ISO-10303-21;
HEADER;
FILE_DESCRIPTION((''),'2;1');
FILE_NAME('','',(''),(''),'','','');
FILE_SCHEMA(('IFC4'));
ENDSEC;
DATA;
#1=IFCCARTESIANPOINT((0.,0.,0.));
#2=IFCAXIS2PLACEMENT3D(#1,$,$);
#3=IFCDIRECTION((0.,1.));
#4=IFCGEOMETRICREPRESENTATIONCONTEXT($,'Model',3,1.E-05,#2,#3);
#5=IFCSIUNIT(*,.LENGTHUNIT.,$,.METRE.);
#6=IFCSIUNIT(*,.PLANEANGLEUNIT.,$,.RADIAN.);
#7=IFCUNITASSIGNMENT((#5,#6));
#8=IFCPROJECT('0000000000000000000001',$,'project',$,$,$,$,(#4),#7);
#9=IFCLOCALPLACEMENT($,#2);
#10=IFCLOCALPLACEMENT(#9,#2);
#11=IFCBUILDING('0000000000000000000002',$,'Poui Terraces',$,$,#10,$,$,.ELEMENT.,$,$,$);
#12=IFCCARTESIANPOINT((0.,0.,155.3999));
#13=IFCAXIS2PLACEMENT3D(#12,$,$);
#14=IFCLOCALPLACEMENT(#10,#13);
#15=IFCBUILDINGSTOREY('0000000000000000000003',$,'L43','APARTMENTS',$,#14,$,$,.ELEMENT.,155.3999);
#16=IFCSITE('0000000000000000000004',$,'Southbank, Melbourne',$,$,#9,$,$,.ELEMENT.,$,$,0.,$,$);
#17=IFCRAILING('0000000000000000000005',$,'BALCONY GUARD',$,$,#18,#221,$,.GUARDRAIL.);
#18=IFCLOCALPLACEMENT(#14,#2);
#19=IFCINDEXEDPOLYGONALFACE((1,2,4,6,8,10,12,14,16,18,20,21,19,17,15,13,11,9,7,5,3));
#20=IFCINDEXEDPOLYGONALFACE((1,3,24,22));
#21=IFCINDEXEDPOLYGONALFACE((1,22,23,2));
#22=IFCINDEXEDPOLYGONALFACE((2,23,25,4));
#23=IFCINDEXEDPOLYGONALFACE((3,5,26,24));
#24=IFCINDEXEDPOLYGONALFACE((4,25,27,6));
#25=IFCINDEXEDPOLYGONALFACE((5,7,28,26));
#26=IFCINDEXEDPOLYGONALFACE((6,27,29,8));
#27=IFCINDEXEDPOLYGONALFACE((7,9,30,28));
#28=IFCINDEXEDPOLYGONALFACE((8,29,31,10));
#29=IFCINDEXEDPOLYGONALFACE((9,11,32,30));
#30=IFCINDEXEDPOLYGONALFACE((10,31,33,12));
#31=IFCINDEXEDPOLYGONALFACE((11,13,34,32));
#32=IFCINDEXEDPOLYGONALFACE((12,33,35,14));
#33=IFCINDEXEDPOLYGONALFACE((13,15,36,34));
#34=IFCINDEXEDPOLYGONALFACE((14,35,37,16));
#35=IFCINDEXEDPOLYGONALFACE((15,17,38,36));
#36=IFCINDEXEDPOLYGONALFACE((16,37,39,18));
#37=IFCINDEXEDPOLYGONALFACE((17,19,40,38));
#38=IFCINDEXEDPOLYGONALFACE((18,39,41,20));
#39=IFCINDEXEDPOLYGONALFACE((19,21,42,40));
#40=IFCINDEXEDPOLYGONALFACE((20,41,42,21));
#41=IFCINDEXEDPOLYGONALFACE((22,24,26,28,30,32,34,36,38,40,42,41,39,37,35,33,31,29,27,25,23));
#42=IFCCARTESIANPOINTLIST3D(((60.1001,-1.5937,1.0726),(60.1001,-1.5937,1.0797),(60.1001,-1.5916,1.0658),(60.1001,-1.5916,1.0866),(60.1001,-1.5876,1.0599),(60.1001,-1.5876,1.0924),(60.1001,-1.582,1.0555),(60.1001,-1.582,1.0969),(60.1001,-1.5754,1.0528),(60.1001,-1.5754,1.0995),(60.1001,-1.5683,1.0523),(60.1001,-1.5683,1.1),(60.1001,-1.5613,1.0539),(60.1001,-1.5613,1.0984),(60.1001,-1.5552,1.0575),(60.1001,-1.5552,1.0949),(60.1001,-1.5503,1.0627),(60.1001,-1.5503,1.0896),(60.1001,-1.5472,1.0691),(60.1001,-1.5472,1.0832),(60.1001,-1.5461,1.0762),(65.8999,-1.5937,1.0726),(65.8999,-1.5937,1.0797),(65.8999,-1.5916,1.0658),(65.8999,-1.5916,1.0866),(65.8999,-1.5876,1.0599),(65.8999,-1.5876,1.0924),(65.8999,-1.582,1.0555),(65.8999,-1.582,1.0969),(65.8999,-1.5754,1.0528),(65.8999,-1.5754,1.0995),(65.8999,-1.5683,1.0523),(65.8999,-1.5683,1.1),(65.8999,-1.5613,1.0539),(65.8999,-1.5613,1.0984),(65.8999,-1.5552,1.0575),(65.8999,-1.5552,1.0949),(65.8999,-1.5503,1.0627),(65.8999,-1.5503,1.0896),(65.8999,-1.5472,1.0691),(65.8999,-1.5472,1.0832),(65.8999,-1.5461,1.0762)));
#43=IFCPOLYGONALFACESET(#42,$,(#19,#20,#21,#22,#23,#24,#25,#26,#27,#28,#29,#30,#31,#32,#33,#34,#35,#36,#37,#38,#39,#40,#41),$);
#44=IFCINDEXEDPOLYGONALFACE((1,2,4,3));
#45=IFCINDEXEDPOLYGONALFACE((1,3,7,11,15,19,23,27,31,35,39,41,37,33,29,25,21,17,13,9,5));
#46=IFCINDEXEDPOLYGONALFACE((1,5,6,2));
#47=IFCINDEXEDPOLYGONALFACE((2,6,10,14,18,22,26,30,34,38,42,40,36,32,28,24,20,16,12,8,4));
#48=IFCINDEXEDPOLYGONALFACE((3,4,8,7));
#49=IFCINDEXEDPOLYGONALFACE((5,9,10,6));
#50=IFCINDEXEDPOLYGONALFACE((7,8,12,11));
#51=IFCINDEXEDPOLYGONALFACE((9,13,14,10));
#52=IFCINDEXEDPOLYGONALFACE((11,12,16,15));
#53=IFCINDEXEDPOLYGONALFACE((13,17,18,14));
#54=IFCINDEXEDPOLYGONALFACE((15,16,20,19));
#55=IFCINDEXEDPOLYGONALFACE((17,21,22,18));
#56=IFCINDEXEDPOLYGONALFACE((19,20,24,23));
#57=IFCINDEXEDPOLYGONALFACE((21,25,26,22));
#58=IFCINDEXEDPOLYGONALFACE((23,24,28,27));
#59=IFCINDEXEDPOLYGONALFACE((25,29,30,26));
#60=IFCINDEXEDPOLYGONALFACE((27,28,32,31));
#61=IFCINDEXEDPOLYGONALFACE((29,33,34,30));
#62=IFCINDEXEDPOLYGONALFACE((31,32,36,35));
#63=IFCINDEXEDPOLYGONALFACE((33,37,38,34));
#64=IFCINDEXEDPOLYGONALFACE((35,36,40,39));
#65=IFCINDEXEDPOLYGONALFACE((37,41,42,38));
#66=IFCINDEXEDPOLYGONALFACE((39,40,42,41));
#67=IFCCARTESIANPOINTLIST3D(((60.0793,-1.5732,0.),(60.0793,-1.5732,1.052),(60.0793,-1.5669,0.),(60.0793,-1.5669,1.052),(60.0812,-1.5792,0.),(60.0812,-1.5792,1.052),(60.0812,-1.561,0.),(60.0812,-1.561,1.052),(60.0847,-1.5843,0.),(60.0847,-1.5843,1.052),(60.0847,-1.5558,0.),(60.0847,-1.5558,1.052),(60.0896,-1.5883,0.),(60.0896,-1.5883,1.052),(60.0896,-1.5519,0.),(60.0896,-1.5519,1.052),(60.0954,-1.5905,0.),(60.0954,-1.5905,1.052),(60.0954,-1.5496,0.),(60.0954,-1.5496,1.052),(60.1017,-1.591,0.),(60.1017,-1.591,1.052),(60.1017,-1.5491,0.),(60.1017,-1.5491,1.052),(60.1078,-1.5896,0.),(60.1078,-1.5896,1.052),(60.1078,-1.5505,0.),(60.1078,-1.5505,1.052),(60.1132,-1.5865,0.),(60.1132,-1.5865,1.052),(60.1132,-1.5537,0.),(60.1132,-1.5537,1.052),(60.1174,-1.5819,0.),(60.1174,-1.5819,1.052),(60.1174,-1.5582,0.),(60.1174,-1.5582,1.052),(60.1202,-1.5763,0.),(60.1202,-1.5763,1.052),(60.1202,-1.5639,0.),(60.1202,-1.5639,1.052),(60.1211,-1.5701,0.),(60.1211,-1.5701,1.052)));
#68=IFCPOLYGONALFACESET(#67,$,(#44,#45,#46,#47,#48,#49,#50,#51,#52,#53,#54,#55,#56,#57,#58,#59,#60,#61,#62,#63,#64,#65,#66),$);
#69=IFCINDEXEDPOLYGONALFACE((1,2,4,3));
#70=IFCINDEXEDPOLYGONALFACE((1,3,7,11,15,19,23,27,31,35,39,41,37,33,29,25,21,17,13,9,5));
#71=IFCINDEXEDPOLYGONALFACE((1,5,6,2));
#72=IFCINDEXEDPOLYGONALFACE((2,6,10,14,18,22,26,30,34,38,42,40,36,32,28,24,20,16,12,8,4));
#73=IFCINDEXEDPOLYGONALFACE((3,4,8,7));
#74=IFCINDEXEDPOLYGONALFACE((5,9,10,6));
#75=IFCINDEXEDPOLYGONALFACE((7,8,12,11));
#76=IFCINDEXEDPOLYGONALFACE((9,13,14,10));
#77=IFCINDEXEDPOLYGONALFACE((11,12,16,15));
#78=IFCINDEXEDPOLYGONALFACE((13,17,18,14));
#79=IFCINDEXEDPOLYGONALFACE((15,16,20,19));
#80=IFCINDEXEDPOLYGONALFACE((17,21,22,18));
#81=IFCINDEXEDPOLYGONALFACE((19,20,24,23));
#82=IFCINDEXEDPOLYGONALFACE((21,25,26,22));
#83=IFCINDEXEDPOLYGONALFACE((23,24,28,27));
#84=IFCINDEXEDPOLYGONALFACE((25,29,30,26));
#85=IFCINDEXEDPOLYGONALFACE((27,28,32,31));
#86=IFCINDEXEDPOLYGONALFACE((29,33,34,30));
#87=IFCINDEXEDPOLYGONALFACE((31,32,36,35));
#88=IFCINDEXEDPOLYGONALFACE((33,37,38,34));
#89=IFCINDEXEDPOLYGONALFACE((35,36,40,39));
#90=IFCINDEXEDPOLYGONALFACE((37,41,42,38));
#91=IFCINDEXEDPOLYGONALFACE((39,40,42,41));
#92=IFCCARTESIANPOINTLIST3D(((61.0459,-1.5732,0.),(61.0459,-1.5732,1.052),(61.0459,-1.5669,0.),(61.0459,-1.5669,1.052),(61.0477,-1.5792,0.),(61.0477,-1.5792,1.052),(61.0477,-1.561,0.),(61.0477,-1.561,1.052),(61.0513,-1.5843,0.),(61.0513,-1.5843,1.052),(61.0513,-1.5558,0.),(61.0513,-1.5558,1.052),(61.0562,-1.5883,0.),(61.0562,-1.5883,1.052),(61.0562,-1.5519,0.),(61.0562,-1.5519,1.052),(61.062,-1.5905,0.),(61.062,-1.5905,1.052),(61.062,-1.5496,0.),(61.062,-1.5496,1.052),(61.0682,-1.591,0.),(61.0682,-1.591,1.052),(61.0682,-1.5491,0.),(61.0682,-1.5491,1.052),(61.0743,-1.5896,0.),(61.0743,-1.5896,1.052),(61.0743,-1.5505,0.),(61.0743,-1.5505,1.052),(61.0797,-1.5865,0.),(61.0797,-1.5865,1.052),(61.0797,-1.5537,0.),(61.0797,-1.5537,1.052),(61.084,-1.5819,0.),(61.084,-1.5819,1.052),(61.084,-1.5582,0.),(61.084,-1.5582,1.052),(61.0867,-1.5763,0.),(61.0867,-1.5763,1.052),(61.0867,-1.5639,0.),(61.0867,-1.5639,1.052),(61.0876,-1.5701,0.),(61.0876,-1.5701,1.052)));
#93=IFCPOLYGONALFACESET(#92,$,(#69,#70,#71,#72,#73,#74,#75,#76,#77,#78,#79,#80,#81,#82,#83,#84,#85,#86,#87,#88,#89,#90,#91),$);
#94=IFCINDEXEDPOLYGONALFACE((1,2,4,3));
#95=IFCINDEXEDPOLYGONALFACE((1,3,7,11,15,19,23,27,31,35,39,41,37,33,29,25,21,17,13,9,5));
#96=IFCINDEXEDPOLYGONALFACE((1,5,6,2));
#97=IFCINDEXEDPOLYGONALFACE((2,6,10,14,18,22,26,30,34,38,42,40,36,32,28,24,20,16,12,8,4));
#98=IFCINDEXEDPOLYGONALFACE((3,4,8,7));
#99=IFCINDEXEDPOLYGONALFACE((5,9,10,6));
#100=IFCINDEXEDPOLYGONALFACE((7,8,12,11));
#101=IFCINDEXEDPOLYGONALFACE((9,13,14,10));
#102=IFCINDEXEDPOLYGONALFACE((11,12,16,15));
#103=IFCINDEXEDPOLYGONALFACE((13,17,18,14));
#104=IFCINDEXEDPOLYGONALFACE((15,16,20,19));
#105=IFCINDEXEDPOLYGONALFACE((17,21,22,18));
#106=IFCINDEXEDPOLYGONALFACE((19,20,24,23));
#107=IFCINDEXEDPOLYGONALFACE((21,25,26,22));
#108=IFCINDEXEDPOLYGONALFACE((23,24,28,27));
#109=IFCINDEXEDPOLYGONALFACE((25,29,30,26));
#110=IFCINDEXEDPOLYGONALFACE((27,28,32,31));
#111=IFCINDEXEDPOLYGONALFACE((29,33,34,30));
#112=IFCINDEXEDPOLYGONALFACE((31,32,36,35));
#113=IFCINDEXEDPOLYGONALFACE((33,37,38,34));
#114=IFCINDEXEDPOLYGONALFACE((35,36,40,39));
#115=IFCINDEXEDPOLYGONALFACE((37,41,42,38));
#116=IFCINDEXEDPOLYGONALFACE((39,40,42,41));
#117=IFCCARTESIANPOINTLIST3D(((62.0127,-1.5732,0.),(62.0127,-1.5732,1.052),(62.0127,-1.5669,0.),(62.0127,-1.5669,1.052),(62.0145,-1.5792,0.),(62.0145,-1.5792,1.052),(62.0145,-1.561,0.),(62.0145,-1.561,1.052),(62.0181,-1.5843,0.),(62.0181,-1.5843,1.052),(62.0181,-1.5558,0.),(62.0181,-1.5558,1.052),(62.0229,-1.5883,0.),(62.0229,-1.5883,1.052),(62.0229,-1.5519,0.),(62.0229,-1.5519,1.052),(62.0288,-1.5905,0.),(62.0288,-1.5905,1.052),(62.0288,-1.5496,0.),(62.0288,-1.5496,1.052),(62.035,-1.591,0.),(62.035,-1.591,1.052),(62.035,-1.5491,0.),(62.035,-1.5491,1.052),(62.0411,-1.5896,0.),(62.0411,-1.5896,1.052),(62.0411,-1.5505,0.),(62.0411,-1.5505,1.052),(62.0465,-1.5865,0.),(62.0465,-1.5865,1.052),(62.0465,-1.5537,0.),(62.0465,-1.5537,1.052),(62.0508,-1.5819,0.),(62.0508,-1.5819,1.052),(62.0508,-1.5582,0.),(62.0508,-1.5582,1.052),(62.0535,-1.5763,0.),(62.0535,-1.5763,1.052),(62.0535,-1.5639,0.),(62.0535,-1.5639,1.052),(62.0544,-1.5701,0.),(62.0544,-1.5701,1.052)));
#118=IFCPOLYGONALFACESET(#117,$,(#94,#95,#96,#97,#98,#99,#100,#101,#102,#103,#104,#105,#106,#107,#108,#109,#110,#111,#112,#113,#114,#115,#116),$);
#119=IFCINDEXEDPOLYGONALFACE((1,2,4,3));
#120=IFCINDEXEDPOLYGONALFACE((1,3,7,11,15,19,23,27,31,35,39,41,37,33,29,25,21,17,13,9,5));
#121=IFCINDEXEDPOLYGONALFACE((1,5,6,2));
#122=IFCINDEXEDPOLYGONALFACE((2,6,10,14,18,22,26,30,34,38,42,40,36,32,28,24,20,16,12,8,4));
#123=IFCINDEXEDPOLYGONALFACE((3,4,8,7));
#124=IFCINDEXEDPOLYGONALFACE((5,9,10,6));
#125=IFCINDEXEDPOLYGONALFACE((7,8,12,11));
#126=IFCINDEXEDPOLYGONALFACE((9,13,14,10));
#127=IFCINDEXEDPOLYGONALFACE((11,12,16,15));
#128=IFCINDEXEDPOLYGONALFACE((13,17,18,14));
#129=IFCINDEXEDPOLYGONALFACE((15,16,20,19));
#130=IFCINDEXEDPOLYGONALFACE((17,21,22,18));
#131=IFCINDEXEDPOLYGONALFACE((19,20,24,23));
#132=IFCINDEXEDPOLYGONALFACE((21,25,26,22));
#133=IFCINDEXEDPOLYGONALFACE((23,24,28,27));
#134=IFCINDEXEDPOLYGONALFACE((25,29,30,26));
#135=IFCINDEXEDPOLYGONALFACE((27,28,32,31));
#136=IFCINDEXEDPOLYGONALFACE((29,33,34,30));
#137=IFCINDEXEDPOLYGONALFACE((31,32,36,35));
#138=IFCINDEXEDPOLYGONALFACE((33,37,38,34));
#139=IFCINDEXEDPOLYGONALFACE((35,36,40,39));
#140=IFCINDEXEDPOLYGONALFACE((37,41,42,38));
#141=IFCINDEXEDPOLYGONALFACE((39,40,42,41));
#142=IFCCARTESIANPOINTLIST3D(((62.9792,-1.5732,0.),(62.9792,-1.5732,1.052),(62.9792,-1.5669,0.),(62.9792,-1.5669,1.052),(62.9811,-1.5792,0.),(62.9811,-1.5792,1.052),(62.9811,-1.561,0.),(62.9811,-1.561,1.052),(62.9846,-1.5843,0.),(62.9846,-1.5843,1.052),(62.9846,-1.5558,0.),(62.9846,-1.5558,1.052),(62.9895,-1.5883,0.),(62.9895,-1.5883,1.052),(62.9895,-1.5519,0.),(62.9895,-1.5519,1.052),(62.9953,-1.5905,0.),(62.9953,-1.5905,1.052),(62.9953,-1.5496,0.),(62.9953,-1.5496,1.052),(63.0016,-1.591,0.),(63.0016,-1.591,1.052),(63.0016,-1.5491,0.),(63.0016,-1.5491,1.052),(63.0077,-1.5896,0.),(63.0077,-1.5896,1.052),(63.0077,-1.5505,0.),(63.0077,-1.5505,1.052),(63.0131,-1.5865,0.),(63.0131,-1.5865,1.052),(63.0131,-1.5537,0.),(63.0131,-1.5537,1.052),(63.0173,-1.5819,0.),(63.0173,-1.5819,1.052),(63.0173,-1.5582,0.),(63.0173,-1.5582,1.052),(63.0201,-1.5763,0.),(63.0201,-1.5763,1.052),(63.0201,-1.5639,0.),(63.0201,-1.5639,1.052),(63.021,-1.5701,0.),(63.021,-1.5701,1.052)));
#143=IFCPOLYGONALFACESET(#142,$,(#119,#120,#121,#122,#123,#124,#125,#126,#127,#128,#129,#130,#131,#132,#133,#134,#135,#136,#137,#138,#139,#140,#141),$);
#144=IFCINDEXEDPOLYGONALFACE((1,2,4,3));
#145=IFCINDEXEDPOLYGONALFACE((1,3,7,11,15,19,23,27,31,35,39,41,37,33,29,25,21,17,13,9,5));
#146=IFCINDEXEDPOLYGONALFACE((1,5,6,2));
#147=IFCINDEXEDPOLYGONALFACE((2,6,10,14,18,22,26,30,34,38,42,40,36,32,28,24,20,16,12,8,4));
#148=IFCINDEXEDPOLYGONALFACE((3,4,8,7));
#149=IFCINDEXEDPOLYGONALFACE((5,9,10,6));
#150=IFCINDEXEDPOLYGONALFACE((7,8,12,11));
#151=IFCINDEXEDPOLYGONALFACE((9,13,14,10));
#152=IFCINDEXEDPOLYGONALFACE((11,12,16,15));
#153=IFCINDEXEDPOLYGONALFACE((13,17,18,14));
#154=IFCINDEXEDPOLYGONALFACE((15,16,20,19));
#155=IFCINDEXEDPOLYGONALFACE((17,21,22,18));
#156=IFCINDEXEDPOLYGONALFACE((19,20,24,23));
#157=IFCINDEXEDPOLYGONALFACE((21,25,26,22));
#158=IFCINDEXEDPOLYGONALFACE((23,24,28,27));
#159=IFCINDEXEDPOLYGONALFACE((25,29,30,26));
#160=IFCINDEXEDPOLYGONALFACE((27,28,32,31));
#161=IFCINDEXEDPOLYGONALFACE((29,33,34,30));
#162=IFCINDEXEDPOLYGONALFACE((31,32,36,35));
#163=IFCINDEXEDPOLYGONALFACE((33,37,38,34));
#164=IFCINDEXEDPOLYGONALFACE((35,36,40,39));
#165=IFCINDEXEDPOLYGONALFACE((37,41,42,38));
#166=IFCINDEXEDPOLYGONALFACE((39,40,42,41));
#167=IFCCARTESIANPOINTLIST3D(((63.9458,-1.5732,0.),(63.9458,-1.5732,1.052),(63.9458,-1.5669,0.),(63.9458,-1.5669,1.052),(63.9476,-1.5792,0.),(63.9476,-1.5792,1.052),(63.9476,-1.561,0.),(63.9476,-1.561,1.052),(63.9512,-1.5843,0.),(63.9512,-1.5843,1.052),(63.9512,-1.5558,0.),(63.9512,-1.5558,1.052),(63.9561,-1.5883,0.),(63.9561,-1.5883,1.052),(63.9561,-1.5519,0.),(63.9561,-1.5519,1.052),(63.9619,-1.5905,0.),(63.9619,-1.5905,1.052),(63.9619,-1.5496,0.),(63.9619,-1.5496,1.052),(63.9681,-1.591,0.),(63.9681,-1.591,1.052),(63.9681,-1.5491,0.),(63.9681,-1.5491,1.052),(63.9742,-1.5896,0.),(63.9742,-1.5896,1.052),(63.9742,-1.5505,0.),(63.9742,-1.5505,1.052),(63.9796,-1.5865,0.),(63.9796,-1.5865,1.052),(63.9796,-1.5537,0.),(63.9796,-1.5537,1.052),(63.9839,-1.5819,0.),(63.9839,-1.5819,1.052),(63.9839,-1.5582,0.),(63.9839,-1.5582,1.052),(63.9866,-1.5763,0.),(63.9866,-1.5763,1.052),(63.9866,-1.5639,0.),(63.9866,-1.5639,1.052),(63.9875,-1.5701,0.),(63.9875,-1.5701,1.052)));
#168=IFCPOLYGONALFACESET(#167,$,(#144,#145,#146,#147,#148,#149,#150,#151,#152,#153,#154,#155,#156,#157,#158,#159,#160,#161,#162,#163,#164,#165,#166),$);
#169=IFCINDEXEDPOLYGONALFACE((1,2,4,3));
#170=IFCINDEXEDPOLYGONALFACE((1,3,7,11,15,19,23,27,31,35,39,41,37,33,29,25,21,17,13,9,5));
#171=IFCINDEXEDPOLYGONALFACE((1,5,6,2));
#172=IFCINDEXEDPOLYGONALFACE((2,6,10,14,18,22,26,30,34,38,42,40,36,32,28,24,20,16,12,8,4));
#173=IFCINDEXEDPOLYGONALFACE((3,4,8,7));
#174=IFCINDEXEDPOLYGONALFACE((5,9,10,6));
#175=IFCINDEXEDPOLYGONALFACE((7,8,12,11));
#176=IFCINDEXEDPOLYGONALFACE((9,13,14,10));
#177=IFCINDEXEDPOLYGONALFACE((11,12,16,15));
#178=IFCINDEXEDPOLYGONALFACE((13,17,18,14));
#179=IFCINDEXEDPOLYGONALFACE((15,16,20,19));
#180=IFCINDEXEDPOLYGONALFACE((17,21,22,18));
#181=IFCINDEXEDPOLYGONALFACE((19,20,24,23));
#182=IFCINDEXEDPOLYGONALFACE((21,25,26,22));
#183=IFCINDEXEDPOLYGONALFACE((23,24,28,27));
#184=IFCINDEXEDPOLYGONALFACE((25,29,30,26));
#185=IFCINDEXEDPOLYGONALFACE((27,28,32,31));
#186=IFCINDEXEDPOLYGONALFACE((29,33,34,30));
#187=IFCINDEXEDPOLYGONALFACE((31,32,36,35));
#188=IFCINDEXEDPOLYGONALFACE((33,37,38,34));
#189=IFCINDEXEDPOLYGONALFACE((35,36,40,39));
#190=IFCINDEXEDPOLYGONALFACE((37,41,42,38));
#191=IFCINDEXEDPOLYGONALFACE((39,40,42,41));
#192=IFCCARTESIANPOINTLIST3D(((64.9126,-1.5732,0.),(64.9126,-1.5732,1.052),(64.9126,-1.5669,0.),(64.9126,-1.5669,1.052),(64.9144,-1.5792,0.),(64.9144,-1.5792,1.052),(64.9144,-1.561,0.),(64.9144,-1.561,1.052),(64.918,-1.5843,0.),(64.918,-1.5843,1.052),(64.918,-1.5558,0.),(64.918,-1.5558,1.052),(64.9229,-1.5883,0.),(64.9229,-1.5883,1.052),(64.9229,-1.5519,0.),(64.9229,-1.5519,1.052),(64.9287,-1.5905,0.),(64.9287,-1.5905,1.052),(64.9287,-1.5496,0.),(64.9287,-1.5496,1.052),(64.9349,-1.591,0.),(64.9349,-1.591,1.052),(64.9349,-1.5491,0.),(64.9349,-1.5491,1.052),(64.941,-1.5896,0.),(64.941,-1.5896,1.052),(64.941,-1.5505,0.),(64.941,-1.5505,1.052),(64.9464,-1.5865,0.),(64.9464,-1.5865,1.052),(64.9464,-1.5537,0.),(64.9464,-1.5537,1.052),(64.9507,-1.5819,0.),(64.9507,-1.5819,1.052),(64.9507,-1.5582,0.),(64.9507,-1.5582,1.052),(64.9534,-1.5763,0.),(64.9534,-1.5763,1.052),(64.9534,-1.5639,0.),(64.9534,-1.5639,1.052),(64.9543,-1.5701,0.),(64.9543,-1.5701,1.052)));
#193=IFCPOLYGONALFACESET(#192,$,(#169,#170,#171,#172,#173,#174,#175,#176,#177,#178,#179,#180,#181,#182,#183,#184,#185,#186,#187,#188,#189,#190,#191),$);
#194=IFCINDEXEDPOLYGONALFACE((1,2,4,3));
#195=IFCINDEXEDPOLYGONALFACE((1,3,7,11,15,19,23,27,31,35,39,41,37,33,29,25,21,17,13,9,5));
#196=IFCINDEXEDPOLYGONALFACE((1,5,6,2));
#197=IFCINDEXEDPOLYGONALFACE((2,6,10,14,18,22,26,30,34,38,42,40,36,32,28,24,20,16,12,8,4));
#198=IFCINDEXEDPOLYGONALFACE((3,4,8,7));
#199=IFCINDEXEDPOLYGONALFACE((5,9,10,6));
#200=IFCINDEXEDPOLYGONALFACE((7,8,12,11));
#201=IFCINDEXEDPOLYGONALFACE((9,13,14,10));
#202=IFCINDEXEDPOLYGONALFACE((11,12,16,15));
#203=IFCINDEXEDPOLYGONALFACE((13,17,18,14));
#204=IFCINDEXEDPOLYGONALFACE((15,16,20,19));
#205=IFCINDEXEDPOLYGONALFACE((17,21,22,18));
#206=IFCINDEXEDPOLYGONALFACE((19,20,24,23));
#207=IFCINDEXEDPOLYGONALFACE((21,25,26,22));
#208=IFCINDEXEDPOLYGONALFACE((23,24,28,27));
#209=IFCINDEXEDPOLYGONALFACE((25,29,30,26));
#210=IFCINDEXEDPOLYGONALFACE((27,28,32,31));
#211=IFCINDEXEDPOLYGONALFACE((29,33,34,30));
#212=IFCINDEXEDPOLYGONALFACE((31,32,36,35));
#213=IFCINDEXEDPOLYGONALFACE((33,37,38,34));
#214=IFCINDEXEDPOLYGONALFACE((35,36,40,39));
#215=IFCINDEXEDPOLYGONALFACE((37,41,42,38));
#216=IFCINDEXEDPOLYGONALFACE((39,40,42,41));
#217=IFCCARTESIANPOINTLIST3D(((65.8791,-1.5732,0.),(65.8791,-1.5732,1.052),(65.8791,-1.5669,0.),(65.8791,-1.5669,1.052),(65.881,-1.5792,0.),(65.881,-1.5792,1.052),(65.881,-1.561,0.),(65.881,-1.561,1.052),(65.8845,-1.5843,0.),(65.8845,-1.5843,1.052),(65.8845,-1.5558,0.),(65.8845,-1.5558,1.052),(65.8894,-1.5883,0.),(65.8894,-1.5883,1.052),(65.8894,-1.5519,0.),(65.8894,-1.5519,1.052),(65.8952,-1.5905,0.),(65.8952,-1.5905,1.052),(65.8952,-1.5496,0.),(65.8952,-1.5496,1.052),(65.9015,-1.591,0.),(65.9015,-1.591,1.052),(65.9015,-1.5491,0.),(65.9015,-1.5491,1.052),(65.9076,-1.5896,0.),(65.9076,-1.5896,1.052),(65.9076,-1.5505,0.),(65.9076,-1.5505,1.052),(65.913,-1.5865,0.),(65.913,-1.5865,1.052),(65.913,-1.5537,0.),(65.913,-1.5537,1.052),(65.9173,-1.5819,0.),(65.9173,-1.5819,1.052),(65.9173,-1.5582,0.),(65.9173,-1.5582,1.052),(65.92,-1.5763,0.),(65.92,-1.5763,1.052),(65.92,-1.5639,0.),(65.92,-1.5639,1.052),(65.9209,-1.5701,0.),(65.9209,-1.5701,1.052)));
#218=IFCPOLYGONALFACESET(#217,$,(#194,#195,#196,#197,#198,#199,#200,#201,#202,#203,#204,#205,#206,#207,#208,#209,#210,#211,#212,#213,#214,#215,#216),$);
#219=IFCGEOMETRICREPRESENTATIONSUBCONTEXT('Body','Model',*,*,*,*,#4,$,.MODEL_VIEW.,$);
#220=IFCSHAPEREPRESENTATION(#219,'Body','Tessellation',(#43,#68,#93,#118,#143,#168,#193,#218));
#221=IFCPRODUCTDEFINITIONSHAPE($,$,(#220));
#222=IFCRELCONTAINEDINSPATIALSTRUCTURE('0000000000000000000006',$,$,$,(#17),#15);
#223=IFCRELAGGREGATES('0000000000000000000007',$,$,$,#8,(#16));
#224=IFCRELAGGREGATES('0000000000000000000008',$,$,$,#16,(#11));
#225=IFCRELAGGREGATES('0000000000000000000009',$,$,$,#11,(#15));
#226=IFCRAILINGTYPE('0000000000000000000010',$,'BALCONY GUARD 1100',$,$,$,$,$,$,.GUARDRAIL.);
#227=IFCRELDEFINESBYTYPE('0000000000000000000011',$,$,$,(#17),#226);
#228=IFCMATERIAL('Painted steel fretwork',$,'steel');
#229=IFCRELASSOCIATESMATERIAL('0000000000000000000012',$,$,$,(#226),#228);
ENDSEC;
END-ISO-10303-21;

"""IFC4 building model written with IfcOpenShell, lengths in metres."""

from ifc_helpers import new_model, si_unit, direction, frame, origin, origin_2d, place, context, subcontext, project, spatial, circle, extrude, material, type_object, element, save


model = new_model("IFC4")

# Units and contexts
model_context = context("Model", 3, precision=1e-05, world=origin(), true_north=direction((0.0, 1.0)))
body_context = subcontext(model_context, "Body", "Model", "MODEL_VIEW")
ifc_project = project(units=[si_unit("LENGTHUNIT", "METRE"), si_unit("PLANEANGLEUNIT", "RADIAN")], contexts=[model_context])

# Site, building, storey
site_placement = place(None, origin())
site = spatial("IfcSite", under=ifc_project, at=site_placement, Name="Southbank, Melbourne", CompositionType="ELEMENT", RefElevation=0.0)
building_placement = place(site_placement, origin())
building = spatial("IfcBuilding", under=site, at=building_placement, Name="Poui Terraces", CompositionType="ELEMENT")
storey_placement = place(building_placement, frame((0.0, 0.0, 155.3999)))
storey = spatial("IfcBuildingStorey", under=building, at=storey_placement, Name="L43", Description="APARTMENTS", CompositionType="ELEMENT", Elevation=155.3999)

# Railing
ifc_material_1 = material(Name="Painted steel fretwork", Category="steel")
railing_type = type_object("IfcRailingType", Name="BALCONY GUARD 1100", PredefinedType="GUARDRAIL", material=ifc_material_1)
railing_placement = place(storey_placement, frame((60.1001, -1.5701, 0.0)))
element("IfcRailing", 1, at=railing_placement, inside=storey, type_object=railing_type, Name="BALCONY GUARD", PredefinedType="GUARDRAIL", context=body_context, shape_type="SweptSolid", body=[
    extrude(circle(Radius=0.0239, at=origin_2d()), frame((0.0, 0.0, 1.0762), z_axis=(1.0, 0.0, 0.0), x_axis=(0.0, 1.0, 0.0)), (0.0, 0.0, 1.0), 5.7998),
    extrude(circle(Radius=0.021, at=origin_2d()), origin(), (0.0, 0.0, 1.0), 1.052),
    extrude(circle(Radius=0.021, at=origin_2d()), frame((0.9666, 0.0, 0.0)), (0.0, 0.0, 1.0), 1.052),
    extrude(circle(Radius=0.021, at=origin_2d()), frame((1.9333, 0.0, 0.0)), (0.0, 0.0, 1.0), 1.052),
    extrude(circle(Radius=0.021, at=origin_2d()), frame((2.8999, 0.0, 0.0)), (0.0, 0.0, 1.0), 1.052),
    extrude(circle(Radius=0.021, at=origin_2d()), frame((3.8665, 0.0, 0.0)), (0.0, 0.0, 1.0), 1.052),
    extrude(circle(Radius=0.021, at=origin_2d()), frame((4.8333, 0.0, 0.0)), (0.0, 0.0, 1.0), 1.052),
    extrude(circle(Radius=0.021, at=origin_2d()), frame((5.7998, 0.0, 0.0)), (0.0, 0.0, 1.0), 1.052),
])

save(model, "model.ifc")
